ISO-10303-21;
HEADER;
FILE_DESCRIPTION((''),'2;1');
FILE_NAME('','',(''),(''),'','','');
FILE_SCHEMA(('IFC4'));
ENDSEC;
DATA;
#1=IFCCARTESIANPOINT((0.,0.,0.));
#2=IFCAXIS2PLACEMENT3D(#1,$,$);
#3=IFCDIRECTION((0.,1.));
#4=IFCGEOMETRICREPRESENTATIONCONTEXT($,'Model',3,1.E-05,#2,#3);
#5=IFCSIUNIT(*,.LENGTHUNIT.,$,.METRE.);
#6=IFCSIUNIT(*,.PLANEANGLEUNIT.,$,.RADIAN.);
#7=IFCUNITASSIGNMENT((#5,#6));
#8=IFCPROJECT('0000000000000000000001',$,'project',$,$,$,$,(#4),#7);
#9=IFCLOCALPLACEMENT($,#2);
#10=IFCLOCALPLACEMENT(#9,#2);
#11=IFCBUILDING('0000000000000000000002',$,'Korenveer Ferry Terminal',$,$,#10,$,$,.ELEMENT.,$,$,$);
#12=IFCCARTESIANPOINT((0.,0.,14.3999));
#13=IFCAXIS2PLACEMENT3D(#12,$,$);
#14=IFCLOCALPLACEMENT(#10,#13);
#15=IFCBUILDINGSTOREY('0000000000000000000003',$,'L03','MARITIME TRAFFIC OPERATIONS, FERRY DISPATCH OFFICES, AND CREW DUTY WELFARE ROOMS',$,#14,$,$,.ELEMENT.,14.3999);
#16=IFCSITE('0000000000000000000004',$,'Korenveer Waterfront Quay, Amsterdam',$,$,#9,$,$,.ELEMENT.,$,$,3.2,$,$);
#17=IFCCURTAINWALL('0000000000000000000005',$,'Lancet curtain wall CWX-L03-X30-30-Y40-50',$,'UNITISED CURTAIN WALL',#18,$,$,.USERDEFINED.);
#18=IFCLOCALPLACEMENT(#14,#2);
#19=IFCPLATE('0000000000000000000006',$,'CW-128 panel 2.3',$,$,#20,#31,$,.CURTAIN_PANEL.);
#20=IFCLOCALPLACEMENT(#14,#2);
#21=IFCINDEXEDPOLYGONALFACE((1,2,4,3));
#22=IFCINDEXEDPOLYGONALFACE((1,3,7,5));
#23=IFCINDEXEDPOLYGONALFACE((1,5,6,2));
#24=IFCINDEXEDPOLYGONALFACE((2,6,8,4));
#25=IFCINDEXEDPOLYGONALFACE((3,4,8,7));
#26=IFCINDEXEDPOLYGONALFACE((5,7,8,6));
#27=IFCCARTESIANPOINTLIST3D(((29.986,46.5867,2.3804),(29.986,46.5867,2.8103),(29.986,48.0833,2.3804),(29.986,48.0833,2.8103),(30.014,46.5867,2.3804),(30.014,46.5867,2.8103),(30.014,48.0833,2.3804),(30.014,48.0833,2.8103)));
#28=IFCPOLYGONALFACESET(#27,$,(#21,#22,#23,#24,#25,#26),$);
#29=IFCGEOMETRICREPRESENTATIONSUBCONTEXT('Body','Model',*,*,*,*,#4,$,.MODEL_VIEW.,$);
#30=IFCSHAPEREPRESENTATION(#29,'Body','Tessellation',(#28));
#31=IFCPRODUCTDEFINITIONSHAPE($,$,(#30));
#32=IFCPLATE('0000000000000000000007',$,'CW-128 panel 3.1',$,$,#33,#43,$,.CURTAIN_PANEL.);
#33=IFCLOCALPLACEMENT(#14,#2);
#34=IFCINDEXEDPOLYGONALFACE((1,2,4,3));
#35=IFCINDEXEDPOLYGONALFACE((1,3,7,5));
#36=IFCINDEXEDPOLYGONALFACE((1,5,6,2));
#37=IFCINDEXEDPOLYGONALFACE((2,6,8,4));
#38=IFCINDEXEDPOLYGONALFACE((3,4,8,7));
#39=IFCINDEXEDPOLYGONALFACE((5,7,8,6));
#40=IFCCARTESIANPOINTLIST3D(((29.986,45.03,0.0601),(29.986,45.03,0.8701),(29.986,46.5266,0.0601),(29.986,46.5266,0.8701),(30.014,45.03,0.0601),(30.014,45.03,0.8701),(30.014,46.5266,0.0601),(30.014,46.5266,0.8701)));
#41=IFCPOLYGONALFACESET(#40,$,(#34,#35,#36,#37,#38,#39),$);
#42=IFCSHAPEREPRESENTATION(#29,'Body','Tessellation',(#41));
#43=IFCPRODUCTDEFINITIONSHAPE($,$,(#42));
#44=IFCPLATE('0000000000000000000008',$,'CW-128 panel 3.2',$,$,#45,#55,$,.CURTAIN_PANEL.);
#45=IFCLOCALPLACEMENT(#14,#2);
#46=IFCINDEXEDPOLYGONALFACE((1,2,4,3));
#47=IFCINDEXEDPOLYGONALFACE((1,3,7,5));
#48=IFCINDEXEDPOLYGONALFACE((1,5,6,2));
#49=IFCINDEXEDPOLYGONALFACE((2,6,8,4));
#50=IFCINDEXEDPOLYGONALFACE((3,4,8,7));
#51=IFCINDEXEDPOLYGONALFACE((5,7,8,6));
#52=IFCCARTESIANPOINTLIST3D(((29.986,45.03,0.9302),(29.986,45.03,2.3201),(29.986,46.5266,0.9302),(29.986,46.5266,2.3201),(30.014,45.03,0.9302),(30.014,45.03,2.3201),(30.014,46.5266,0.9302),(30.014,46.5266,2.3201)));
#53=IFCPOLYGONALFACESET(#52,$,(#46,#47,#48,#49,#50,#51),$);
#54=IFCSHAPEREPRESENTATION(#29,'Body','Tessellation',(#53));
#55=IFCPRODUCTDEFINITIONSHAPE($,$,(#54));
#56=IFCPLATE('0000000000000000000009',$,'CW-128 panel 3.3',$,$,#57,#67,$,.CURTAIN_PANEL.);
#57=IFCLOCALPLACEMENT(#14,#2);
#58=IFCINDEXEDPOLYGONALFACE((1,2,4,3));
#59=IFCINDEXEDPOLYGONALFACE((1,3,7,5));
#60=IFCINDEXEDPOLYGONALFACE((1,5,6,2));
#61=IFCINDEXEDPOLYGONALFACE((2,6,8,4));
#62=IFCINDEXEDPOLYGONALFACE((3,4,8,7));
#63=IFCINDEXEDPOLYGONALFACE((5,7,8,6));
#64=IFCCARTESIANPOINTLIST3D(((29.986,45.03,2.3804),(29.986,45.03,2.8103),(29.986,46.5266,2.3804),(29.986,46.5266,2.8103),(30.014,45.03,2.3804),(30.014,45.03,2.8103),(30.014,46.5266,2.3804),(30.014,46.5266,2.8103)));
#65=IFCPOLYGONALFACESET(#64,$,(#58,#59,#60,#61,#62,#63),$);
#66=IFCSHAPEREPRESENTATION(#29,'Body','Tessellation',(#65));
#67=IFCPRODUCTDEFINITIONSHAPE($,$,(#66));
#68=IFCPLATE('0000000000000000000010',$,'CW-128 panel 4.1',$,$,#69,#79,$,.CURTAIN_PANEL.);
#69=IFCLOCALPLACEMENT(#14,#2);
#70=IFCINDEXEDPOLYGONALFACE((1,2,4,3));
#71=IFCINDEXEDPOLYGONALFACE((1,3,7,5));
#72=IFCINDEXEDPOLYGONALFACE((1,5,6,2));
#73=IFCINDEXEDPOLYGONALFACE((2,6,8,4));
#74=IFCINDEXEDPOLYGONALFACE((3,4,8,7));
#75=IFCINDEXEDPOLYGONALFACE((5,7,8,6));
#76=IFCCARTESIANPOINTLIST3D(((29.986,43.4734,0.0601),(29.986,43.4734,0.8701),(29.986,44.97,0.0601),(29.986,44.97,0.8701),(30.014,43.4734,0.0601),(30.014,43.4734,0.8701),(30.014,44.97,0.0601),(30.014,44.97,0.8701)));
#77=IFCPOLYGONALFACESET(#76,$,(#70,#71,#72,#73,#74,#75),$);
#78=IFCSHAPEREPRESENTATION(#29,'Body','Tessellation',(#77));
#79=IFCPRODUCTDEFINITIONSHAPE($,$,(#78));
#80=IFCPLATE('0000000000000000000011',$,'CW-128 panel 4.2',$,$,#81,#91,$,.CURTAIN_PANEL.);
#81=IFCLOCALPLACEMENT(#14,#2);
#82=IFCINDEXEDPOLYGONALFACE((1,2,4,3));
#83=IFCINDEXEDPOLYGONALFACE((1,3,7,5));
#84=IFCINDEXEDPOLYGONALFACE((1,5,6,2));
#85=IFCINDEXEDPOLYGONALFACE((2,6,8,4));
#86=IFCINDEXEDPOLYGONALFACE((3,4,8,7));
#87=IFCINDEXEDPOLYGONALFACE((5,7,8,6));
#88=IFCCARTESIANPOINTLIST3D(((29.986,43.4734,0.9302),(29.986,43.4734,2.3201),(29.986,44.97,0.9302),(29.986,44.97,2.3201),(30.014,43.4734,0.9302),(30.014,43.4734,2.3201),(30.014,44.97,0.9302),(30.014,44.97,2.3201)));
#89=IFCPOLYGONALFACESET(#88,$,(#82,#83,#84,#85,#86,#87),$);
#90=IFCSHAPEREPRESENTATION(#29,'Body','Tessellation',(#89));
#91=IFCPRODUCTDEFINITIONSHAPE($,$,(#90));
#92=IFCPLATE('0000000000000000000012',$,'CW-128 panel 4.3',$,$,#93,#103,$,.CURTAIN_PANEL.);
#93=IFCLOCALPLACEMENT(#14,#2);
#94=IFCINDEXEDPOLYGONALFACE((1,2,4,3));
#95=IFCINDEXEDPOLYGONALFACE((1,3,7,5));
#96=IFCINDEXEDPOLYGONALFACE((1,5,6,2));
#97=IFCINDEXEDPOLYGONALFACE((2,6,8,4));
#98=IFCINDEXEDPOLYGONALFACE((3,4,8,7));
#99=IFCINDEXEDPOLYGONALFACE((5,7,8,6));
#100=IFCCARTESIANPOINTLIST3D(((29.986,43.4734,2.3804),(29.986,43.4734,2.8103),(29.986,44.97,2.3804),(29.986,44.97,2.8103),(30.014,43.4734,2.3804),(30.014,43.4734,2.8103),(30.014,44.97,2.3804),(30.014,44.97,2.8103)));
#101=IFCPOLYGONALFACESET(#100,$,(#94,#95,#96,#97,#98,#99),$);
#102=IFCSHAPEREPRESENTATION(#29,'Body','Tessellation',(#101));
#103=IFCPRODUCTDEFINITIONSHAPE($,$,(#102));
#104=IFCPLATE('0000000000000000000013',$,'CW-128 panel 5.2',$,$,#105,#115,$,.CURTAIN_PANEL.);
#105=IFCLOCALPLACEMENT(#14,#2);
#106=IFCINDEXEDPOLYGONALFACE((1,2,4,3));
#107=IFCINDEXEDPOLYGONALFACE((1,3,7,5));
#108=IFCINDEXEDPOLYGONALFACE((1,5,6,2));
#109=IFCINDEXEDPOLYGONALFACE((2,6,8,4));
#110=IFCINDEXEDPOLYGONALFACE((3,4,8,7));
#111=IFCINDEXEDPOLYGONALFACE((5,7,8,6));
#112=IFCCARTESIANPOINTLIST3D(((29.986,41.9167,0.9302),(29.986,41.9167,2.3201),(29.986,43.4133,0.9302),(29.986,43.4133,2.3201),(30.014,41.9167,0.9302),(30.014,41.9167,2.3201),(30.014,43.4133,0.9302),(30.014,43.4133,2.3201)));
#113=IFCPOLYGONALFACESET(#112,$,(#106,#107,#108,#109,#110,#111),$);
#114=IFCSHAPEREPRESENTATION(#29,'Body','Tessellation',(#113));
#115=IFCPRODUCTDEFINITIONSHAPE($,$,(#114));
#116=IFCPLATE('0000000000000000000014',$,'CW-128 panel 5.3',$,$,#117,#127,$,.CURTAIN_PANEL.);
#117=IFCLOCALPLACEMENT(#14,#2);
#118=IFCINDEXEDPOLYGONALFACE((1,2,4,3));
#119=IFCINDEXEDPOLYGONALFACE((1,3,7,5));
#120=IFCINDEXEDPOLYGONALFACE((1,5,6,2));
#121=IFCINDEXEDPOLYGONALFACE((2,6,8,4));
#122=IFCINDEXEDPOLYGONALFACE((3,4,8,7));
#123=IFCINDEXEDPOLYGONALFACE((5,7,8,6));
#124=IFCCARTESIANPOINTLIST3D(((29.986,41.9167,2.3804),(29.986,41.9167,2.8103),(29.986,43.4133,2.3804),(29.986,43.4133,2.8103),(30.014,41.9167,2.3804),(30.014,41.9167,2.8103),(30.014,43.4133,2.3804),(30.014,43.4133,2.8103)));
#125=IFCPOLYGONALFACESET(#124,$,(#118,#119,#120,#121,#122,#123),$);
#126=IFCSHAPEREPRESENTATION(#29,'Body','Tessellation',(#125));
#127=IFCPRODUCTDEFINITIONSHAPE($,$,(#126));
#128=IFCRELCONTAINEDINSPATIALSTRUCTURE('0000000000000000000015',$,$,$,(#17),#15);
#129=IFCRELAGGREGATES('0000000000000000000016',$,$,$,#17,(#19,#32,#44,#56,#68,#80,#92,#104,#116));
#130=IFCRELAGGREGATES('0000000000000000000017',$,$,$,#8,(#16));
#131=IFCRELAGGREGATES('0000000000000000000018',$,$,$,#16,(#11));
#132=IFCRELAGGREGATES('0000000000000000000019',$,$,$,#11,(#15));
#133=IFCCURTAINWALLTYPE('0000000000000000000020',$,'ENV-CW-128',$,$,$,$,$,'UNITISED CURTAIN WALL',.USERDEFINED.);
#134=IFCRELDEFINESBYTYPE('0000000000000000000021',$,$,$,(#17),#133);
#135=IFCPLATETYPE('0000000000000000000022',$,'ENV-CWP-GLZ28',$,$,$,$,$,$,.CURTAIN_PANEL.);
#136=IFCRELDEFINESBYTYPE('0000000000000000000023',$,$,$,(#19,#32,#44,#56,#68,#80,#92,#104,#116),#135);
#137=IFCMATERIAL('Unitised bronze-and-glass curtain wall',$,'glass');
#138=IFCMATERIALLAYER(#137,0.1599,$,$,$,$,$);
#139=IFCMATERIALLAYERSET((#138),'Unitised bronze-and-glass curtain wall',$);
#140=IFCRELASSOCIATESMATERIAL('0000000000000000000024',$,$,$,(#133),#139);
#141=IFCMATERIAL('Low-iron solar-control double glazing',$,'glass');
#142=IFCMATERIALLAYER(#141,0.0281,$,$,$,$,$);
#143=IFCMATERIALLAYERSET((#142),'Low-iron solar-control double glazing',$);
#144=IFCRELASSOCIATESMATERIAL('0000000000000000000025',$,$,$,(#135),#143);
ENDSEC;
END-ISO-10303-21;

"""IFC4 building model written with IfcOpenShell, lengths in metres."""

from ifc_helpers import new_model, si_unit, direction, frame, origin, origin_2d, place, context, subcontext, project, spatial, rectangle, extrude, material, layer, layer_set, type_object, element, aggregate, save


model = new_model("IFC4")

# Units and contexts
model_context = context("Model", 3, precision=1e-05, world=origin(), true_north=direction((0.0, 1.0)))
body_context = subcontext(model_context, "Body", "Model", "MODEL_VIEW")
ifc_project = project(units=[si_unit("LENGTHUNIT", "METRE"), si_unit("PLANEANGLEUNIT", "RADIAN")], contexts=[model_context])

# Site, building, storey
site_placement = place(None, origin())
site = spatial("IfcSite", under=ifc_project, at=site_placement, Name="Korenveer Waterfront Quay, Amsterdam", CompositionType="ELEMENT", RefElevation=3.2)
building_placement = place(site_placement, origin())
building = spatial("IfcBuilding", under=site, at=building_placement, Name="Korenveer Ferry Terminal", CompositionType="ELEMENT")
storey_placement = place(building_placement, frame((0.0, 0.0, 14.3999)))
storey = spatial("IfcBuildingStorey", under=building, at=storey_placement, Name="L03", Description="MARITIME TRAFFIC OPERATIONS, FERRY DISPATCH OFFICES, AND CREW DUTY WELFARE ROOMS", CompositionType="ELEMENT", Elevation=14.3999)

# Curtain wall, plates
ifc_material_1 = material(Name="Unitised bronze-and-glass curtain wall", Category="glass")
ifc_layer_1 = layer(ifc_material_1, 0.1599)
ifc_layer_set_1 = layer_set([ifc_layer_1], Name="Unitised bronze-and-glass curtain wall")
curtain_wall_type = type_object("IfcCurtainWallType", Name="ENV-CW-128", ElementType="UNITISED CURTAIN WALL", PredefinedType="USERDEFINED", material=ifc_layer_set_1)
curtain_wall_placement = place(storey_placement, frame((30.0, 49.6699, 0.0)))
curtain_wall = element("IfcCurtainWall", 1, at=curtain_wall_placement, inside=storey, type_object=curtain_wall_type, Name="Lancet curtain wall CWX-L03-X30-30-Y40-50", ObjectType="UNITISED CURTAIN WALL", PredefinedType="USERDEFINED")
ifc_material_2 = material(Name="Low-iron solar-control double glazing", Category="glass")
ifc_layer_2 = layer(ifc_material_2, 0.0281)
ifc_layer_set_2 = layer_set([ifc_layer_2], Name="Low-iron solar-control double glazing")
plate_type = type_object("IfcPlateType", Name="ENV-CWP-GLZ28", PredefinedType="CURTAIN_PANEL", material=ifc_layer_set_2)
plate_1_placement = place(storey_placement, frame((30.0, 47.335, 2.3804), z_axis=(0.0, 0.0, 1.0), x_axis=(0.0, -1.0, 0.0)))
plate_1 = element("IfcPlate", 2, at=plate_1_placement, type_object=plate_type, Name="CW-128 panel 2.3", PredefinedType="CURTAIN_PANEL", context=body_context, shape_type="SweptSolid", body=[
    extrude(rectangle(XDim=1.4966, YDim=0.0281, at=origin_2d()), origin(), (0.0, 0.0, 1.0), 0.4299),
])
plate_2_placement = place(storey_placement, frame((30.0, 45.7783, 0.0601), z_axis=(0.0, 0.0, 1.0), x_axis=(0.0, -1.0, 0.0)))
plate_2 = element("IfcPlate", 3, at=plate_2_placement, type_object=plate_type, Name="CW-128 panel 3.1", PredefinedType="CURTAIN_PANEL", context=body_context, shape_type="SweptSolid", body=[
    extrude(rectangle(XDim=1.4966, YDim=0.0281, at=origin_2d()), origin(), (0.0, 0.0, 1.0), 0.8101),
])
plate_3_placement = place(storey_placement, frame((30.0, 45.7783, 0.9302), z_axis=(0.0, 0.0, 1.0), x_axis=(0.0, -1.0, 0.0)))
plate_3 = element("IfcPlate", 4, at=plate_3_placement, type_object=plate_type, Name="CW-128 panel 3.2", PredefinedType="CURTAIN_PANEL", context=body_context, shape_type="SweptSolid", body=[
    extrude(rectangle(XDim=1.4966, YDim=0.0281, at=origin_2d()), origin(), (0.0, 0.0, 1.0), 1.3899),
])
plate_4_placement = place(storey_placement, frame((30.0, 45.7783, 2.3804), z_axis=(0.0, 0.0, 1.0), x_axis=(0.0, -1.0, 0.0)))
plate_4 = element("IfcPlate", 5, at=plate_4_placement, type_object=plate_type, Name="CW-128 panel 3.3", PredefinedType="CURTAIN_PANEL", context=body_context, shape_type="SweptSolid", body=[
    extrude(rectangle(XDim=1.4966, YDim=0.0281, at=origin_2d()), origin(), (0.0, 0.0, 1.0), 0.4299),
])
plate_5_placement = place(storey_placement, frame((30.0, 44.2217, 0.0601), z_axis=(0.0, 0.0, 1.0), x_axis=(0.0, -1.0, 0.0)))
plate_5 = element("IfcPlate", 6, at=plate_5_placement, type_object=plate_type, Name="CW-128 panel 4.1", PredefinedType="CURTAIN_PANEL", context=body_context, shape_type="SweptSolid", body=[
    extrude(rectangle(XDim=1.4966, YDim=0.0281, at=origin_2d()), origin(), (0.0, 0.0, 1.0), 0.8101),
])
plate_6_placement = place(storey_placement, frame((30.0, 44.2217, 0.9302), z_axis=(0.0, 0.0, 1.0), x_axis=(0.0, -1.0, 0.0)))
plate_6 = element("IfcPlate", 7, at=plate_6_placement, type_object=plate_type, Name="CW-128 panel 4.2", PredefinedType="CURTAIN_PANEL", context=body_context, shape_type="SweptSolid", body=[
    extrude(rectangle(XDim=1.4966, YDim=0.0281, at=origin_2d()), origin(), (0.0, 0.0, 1.0), 1.3899),
])
plate_7_placement = place(storey_placement, frame((30.0, 44.2217, 2.3804), z_axis=(0.0, 0.0, 1.0), x_axis=(0.0, -1.0, 0.0)))
plate_7 = element("IfcPlate", 8, at=plate_7_placement, type_object=plate_type, Name="CW-128 panel 4.3", PredefinedType="CURTAIN_PANEL", context=body_context, shape_type="SweptSolid", body=[
    extrude(rectangle(XDim=1.4966, YDim=0.0281, at=origin_2d()), origin(), (0.0, 0.0, 1.0), 0.4299),
])
plate_8_placement = place(storey_placement, frame((30.0, 42.665, 0.9302), z_axis=(0.0, 0.0, 1.0), x_axis=(0.0, -1.0, 0.0)))
plate_8 = element("IfcPlate", 9, at=plate_8_placement, type_object=plate_type, Name="CW-128 panel 5.2", PredefinedType="CURTAIN_PANEL", context=body_context, shape_type="SweptSolid", body=[
    extrude(rectangle(XDim=1.4966, YDim=0.0281, at=origin_2d()), origin(), (0.0, 0.0, 1.0), 1.3899),
])
plate_9_placement = place(storey_placement, frame((30.0, 42.665, 2.3804), z_axis=(0.0, 0.0, 1.0), x_axis=(0.0, -1.0, 0.0)))
plate_9 = element("IfcPlate", 10, at=plate_9_placement, type_object=plate_type, Name="CW-128 panel 5.3", PredefinedType="CURTAIN_PANEL", context=body_context, shape_type="SweptSolid", body=[
    extrude(rectangle(XDim=1.4966, YDim=0.0281, at=origin_2d()), origin(), (0.0, 0.0, 1.0), 0.4299),
])
aggregate(curtain_wall, [plate_1, plate_2, plate_3, plate_4, plate_5, plate_6, plate_7, plate_8, plate_9])

save(model, "model.ifc")
